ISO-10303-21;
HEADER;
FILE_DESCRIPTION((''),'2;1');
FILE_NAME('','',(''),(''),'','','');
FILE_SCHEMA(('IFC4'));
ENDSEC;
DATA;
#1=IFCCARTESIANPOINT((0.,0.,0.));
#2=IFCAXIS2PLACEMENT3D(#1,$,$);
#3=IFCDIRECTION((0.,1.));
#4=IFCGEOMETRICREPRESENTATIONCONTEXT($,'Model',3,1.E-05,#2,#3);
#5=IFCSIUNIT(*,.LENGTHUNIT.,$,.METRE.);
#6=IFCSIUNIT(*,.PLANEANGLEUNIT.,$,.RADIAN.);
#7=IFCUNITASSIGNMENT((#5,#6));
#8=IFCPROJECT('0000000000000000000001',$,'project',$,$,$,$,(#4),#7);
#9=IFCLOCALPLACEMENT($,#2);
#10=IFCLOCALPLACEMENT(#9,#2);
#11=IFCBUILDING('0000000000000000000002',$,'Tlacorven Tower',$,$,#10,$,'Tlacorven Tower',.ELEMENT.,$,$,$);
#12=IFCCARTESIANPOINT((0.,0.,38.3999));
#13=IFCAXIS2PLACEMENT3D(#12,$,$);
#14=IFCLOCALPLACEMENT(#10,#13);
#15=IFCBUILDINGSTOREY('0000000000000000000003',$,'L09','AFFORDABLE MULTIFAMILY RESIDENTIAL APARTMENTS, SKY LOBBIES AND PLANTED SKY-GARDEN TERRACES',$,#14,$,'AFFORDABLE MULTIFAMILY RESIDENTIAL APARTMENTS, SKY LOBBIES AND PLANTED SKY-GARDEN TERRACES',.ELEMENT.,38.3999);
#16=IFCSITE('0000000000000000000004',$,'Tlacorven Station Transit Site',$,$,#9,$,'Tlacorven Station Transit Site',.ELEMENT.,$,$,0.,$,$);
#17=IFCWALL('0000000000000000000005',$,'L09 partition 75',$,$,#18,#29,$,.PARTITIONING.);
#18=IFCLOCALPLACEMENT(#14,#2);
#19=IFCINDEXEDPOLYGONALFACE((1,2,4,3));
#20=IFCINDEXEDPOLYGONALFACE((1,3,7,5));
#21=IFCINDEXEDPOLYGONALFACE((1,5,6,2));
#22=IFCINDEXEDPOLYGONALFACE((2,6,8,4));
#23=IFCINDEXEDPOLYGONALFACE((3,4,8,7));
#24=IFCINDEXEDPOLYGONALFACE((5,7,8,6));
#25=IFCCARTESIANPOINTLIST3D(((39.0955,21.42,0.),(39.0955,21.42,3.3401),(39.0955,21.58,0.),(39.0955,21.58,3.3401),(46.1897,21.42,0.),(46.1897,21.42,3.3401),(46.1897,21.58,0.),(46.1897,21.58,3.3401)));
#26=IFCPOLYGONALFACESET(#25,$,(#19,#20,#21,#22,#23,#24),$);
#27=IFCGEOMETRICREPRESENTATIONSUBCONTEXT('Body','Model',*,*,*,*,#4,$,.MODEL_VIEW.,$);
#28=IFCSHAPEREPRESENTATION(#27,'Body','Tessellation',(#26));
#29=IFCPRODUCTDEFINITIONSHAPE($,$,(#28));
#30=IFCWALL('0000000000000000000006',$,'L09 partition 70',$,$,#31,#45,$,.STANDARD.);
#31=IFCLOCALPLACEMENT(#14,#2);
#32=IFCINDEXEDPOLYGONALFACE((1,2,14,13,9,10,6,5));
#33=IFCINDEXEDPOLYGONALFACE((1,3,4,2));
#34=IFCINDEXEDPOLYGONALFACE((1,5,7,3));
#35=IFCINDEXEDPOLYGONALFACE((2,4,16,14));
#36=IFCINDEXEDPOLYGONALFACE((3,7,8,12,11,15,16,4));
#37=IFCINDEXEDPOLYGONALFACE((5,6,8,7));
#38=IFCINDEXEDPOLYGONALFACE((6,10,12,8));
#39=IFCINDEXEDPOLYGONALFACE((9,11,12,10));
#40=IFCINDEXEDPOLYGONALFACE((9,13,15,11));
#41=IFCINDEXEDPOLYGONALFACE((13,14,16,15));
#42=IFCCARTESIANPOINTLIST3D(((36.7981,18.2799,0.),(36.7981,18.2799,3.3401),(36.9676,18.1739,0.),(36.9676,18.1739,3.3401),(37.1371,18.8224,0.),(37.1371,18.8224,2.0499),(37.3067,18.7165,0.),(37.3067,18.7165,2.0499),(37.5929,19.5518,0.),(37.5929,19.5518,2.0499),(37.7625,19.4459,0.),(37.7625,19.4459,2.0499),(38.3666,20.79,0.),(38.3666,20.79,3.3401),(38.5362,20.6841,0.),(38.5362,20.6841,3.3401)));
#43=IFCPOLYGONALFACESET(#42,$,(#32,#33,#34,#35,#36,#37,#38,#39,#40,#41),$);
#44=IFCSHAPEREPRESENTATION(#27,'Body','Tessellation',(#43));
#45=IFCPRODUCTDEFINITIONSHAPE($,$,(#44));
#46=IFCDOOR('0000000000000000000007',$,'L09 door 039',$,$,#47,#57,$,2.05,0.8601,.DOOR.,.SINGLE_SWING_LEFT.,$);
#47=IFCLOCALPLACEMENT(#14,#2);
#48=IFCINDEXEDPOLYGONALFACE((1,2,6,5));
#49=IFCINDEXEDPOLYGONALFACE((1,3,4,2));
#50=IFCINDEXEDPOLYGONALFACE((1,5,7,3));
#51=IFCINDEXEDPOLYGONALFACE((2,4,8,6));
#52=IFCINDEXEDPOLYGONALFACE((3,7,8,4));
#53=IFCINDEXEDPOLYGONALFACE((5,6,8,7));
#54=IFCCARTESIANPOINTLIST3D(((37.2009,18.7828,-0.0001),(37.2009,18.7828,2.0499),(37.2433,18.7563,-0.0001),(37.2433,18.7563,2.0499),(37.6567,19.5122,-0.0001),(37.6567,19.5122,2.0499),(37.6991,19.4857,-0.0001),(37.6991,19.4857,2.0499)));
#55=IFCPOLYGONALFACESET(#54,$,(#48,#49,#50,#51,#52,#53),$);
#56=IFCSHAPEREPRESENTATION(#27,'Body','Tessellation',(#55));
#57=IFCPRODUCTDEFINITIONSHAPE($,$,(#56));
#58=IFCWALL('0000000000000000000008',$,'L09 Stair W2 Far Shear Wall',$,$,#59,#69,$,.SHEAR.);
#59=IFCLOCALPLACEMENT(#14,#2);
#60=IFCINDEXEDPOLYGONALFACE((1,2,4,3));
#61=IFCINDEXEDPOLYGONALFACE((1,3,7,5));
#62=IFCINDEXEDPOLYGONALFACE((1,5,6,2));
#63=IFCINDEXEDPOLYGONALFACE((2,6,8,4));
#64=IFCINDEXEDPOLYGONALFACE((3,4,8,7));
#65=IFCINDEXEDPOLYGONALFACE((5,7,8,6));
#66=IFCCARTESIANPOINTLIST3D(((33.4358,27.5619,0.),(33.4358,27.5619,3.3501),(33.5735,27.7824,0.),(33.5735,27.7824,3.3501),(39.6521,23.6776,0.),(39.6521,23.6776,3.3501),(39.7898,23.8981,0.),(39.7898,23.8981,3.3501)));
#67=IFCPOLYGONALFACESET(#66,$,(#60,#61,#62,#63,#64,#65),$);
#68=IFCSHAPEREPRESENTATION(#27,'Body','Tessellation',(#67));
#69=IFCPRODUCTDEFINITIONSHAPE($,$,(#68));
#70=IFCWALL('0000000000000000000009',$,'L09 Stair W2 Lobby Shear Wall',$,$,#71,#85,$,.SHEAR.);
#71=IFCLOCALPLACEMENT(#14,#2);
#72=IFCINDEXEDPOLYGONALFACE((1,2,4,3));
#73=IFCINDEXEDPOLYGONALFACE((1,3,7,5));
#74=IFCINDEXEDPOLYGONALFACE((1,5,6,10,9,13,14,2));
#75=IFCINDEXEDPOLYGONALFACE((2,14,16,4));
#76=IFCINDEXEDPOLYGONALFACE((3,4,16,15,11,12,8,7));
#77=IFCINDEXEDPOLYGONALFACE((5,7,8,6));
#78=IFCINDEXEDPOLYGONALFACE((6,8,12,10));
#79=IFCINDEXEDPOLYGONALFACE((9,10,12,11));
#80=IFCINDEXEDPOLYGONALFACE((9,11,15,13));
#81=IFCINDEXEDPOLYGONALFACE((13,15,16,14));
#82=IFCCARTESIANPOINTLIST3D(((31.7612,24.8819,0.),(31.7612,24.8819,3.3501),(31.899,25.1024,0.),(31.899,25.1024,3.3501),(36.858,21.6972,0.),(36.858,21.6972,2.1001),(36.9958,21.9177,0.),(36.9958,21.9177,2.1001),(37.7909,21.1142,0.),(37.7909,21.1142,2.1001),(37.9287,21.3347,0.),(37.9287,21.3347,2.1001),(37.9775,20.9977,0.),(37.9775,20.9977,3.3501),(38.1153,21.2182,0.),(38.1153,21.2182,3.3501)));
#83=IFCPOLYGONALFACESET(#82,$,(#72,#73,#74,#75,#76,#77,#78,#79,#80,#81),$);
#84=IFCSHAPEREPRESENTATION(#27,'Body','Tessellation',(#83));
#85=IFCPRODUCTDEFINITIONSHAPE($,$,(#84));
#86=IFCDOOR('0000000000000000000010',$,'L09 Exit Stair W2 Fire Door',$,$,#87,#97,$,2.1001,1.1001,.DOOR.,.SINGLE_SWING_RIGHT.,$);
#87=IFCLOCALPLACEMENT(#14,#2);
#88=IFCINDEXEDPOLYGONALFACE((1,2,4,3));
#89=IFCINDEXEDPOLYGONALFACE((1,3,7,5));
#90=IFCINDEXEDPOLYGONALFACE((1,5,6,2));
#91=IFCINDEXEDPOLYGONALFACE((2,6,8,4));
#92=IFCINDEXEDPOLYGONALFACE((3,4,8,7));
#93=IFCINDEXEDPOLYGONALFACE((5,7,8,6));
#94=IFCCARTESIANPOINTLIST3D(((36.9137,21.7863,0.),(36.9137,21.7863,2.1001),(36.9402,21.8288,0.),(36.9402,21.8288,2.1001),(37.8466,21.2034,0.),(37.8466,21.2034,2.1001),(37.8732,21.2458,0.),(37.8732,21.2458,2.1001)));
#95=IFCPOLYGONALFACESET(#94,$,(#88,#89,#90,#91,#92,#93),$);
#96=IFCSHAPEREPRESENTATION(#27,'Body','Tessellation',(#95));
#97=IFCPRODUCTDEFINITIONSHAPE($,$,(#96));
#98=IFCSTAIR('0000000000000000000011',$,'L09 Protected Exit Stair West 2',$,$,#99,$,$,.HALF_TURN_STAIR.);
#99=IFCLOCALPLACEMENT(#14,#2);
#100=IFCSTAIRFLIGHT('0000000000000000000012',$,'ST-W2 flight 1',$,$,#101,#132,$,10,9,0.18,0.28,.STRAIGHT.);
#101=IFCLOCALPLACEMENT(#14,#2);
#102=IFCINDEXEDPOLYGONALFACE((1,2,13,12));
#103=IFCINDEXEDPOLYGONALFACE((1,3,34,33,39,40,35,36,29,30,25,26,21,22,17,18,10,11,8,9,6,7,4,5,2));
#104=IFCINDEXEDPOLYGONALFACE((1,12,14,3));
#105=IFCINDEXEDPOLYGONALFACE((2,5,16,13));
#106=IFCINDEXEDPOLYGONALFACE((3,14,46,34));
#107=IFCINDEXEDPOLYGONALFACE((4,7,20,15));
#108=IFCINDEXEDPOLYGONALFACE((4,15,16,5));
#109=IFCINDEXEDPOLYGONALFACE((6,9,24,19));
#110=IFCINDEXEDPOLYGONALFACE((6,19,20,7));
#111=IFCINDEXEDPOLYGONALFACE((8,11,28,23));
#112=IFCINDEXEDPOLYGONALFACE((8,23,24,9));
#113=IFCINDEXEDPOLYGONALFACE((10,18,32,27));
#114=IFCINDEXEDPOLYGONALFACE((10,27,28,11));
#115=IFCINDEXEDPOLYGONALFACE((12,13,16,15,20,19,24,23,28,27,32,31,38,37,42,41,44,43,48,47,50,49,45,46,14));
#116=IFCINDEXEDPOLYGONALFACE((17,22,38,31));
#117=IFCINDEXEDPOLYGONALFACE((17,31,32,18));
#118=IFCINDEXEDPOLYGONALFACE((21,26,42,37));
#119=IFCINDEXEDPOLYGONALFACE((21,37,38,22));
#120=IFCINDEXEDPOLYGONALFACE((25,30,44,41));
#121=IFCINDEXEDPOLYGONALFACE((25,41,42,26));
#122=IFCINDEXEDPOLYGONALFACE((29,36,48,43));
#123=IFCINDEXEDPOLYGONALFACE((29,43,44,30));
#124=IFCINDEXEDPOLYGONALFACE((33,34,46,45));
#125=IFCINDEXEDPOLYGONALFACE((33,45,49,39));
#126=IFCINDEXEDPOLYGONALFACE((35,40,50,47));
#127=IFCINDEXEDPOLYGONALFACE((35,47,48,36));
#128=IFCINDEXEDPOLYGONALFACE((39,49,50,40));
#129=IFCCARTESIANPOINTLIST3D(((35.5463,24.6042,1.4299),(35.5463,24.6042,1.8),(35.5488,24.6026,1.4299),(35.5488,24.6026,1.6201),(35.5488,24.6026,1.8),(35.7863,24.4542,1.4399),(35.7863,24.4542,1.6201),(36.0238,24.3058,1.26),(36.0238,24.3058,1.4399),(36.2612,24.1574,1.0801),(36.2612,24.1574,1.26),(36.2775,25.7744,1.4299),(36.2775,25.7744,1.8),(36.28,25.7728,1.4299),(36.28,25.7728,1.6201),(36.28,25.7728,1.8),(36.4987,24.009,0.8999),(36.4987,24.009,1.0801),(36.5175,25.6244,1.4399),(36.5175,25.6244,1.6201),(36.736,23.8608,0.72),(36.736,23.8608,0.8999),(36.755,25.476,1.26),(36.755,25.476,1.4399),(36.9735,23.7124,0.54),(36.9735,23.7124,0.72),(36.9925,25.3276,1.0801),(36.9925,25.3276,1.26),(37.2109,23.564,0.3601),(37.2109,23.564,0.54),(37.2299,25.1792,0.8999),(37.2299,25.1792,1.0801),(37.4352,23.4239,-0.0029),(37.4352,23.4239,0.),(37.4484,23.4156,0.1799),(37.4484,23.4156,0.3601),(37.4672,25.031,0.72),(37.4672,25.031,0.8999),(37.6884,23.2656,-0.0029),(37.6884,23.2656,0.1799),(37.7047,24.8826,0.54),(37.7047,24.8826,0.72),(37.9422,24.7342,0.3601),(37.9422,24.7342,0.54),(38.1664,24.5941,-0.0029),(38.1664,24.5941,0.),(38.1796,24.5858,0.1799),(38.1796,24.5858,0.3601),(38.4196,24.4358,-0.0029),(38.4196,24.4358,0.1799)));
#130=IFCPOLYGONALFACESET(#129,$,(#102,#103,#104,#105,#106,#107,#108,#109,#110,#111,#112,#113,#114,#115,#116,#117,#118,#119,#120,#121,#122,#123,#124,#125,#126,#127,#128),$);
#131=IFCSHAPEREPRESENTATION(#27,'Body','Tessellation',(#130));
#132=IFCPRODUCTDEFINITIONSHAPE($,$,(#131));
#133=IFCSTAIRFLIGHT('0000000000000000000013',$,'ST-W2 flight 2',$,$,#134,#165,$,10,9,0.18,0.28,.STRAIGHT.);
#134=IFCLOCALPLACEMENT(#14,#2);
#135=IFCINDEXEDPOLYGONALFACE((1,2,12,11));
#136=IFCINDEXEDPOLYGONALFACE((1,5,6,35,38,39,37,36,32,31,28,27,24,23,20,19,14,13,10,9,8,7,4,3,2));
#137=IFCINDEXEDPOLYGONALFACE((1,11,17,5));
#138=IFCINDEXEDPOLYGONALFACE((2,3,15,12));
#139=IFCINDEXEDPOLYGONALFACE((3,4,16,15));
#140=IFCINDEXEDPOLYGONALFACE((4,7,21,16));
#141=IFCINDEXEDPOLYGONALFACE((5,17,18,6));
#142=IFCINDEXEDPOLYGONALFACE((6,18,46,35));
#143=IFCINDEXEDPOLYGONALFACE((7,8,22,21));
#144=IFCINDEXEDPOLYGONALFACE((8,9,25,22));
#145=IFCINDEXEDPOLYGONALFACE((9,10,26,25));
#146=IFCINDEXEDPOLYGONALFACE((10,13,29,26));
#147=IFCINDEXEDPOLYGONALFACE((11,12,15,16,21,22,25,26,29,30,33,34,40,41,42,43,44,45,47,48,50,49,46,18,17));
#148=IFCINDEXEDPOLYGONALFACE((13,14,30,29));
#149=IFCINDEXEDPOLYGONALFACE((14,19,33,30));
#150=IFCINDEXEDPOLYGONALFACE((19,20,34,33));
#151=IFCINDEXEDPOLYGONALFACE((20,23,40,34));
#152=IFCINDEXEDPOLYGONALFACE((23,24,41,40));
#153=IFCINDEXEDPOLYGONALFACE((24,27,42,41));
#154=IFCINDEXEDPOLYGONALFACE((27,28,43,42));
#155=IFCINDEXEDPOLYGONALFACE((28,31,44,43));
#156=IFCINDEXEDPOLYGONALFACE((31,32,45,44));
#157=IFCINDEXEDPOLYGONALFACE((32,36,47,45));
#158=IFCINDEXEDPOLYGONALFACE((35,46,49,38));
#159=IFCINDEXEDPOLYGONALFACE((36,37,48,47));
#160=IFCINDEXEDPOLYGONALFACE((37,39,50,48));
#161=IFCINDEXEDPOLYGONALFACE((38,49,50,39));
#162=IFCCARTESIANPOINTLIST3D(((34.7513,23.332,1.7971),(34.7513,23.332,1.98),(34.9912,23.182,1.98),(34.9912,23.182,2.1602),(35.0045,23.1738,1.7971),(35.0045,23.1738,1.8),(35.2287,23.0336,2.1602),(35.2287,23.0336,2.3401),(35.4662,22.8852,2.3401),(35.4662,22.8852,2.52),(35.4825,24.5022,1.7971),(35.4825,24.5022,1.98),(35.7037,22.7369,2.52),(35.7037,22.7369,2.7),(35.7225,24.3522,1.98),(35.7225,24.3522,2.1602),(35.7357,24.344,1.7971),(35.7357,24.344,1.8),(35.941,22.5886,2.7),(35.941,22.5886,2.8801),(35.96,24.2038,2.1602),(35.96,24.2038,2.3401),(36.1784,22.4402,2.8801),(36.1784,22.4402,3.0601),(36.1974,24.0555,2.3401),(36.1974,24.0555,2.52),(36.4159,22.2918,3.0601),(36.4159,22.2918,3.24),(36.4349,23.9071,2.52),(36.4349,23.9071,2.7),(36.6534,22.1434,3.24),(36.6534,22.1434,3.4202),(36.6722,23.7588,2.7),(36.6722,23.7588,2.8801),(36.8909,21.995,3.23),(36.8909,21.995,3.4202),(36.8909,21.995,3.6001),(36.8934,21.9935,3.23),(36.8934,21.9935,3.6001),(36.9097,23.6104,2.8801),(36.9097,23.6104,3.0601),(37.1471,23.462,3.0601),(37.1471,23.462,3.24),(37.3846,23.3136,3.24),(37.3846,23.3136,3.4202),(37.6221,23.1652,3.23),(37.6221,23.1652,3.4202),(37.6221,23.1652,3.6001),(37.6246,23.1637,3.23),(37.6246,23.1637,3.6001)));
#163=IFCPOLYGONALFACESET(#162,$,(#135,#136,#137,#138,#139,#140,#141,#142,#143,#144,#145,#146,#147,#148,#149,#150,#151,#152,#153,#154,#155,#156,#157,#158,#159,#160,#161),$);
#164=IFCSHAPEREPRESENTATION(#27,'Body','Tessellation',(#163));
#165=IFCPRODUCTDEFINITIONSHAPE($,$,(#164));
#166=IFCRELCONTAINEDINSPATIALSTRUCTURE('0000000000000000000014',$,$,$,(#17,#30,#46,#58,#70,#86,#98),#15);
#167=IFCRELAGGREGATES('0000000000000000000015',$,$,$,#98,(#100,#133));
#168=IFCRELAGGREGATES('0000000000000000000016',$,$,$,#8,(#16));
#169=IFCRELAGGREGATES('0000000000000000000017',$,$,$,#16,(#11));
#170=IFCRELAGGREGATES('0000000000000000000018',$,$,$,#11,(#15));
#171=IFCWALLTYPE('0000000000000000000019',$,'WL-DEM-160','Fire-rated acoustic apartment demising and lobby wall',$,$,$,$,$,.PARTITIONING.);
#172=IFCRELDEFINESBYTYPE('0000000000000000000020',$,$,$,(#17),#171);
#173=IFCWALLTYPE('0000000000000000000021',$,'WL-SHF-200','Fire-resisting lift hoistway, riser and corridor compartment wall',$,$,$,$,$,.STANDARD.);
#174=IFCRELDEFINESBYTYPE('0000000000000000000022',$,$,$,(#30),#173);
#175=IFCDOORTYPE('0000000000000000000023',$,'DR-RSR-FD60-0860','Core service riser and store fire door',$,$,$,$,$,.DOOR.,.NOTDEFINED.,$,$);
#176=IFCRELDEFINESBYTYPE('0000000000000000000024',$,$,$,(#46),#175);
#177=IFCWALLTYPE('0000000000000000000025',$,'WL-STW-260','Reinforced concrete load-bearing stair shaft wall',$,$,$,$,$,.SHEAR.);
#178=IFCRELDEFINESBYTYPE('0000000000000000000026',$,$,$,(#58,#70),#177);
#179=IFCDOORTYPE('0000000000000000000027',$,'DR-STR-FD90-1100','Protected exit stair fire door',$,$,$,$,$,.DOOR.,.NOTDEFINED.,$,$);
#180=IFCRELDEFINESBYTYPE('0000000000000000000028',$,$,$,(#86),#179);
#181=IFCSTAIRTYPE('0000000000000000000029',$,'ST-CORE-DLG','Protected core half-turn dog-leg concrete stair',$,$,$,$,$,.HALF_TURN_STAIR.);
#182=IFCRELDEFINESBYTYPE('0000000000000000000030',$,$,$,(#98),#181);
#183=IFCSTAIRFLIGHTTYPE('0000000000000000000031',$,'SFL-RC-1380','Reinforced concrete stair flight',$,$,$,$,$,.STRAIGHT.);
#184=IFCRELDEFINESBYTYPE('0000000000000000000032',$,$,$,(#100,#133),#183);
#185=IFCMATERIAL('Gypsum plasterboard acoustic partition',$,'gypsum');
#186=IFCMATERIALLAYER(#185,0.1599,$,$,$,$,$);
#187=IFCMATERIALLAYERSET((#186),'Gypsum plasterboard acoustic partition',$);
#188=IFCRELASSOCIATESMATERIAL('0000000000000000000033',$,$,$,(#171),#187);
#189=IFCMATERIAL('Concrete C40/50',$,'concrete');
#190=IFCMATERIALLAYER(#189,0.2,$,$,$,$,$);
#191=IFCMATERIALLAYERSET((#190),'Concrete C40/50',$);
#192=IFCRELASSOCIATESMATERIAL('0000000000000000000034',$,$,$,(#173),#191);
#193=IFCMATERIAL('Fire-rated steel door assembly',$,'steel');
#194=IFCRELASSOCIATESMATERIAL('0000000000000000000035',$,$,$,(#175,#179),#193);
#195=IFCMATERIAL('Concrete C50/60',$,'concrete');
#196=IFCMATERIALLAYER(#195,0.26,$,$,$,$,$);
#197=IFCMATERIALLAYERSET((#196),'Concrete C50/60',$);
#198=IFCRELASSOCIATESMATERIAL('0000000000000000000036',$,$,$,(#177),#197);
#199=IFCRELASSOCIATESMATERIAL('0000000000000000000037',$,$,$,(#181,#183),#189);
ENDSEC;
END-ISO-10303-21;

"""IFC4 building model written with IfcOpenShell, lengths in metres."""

from ifc_helpers import new_model, si_unit, direction, frame, frame_2d, origin, place, context, subcontext, project, spatial, polyline, rectangle, outline, extrude, source, transform, mapped, material, layer, layer_set, type_object, element, fill, aggregate, save


model = new_model("IFC4")

# Units and contexts
model_context = context("Model", 3, precision=1e-05, world=origin(), true_north=direction((0.0, 1.0)))
body_context = subcontext(model_context, "Body", "Model", "MODEL_VIEW")
ifc_project = project(units=[si_unit("LENGTHUNIT", "METRE"), si_unit("PLANEANGLEUNIT", "RADIAN")], contexts=[model_context])

# Site, building, storey
site_placement = place(None, origin())
site = spatial("IfcSite", under=ifc_project, at=site_placement, Name="Tlacorven Station Transit Site", LongName="Tlacorven Station Transit Site", CompositionType="ELEMENT", RefElevation=0.0)
building_placement = place(site_placement, origin())
building = spatial("IfcBuilding", under=site, at=building_placement, Name="Tlacorven Tower", LongName="Tlacorven Tower", CompositionType="ELEMENT")
storey_placement = place(building_placement, frame((0.0, 0.0, 38.3999)))
storey = spatial("IfcBuildingStorey", under=building, at=storey_placement, Name="L09", Description="AFFORDABLE MULTIFAMILY RESIDENTIAL APARTMENTS, SKY LOBBIES AND PLANTED SKY-GARDEN TERRACES", LongName="AFFORDABLE MULTIFAMILY RESIDENTIAL APARTMENTS, SKY LOBBIES AND PLANTED SKY-GARDEN TERRACES", CompositionType="ELEMENT", Elevation=38.3999)

# Wall
ifc_material_1 = material(Name="Gypsum plasterboard acoustic partition", Category="gypsum")
ifc_layer_1 = layer(ifc_material_1, 0.1599)
ifc_layer_set_1 = layer_set([ifc_layer_1], Name="Gypsum plasterboard acoustic partition")
wall_type_1 = type_object("IfcWallType", Name="WL-DEM-160", Description="Fire-rated acoustic apartment demising and lobby wall", PredefinedType="PARTITIONING", material=ifc_layer_set_1)
wall_1_placement = place(storey_placement, frame((39.0955, 21.5, 0.0), z_axis=(0.0, 0.0, 1.0), x_axis=(1.0, 0.0, 0.0)))
element("IfcWall", 1, at=wall_1_placement, inside=storey, type_object=wall_type_1, Name="L09 partition 75", PredefinedType="PARTITIONING", context=body_context, shape_type="SweptSolid", body=[
    extrude(rectangle(XDim=7.0942, YDim=0.1599, at=frame_2d((3.5471, 0.0))), origin(), (0.0, 0.0, 1.0), 3.3401),
])

# Wall, opening, door
ifc_material_2 = material(Name="Concrete C40/50", Category="concrete")
ifc_layer_2 = layer(ifc_material_2, 0.2)
ifc_layer_set_2 = layer_set([ifc_layer_2], Name="Concrete C40/50")
wall_type_2 = type_object("IfcWallType", Name="WL-SHF-200", Description="Fire-resisting lift hoistway, riser and corridor compartment wall", PredefinedType="STANDARD", material=ifc_layer_set_2)
wall_2_placement = place(storey_placement, frame((38.4514, 20.7371, 0.0), z_axis=(0.0, 0.0, 1.0), x_axis=(-0.529925, -0.848045, 0.0)))
wall_2 = element("IfcWall", 2, at=wall_2_placement, inside=storey, type_object=wall_type_2, Name="L09 partition 70", PredefinedType="STANDARD", context=body_context, shape_type="SweptSolid", body=[
    extrude(rectangle(XDim=2.96, YDim=0.2, at=frame_2d((1.48, 0.0))), origin(), (0.0, 0.0, 1.0), 3.3401),
])
opening_1_placement = place(wall_2_placement, frame((1.46, 0.0, 0.0)))
opening_1 = element("IfcOpeningElement", 3, at=opening_1_placement, cuts=wall_2, PredefinedType="OPENING", context=body_context, shape_type="SweptSolid", body=[
    extrude(rectangle(XDim=0.8601, YDim=2.05, at=frame_2d((0.4302, 1.0249))), frame((0.0, 0.1099, 0.0), z_axis=(0.0, -1.0, 0.0), x_axis=(1.0, 0.0, 0.0)), (0.0, 0.0, 1.0), 0.22),
])
ifc_material_3 = material(Name="Fire-rated steel door assembly", Category="steel")
door_type_1 = type_object("IfcDoorType", Name="DR-RSR-FD60-0860", Description="Core service riser and store fire door", OperationType="NOTDEFINED", PredefinedType="DOOR", material=ifc_material_3)
shared_shape_1 = source(origin(), body_context, "Body", "SweptSolid", [
    extrude(rectangle(XDim=0.8601, YDim=2.05, at=frame_2d((0.4302, 1.0249))), frame((0.0, 0.0249, 0.0), z_axis=(0.0, -1.0, 0.0), x_axis=(1.0, 0.0, 0.0)), (0.0, 0.0, 1.0), 0.05),
])
door_1_placement = place(opening_1_placement, frame((0.8601, 0.0, 0.0), z_axis=(0.0, 0.0, 1.0), x_axis=(-1.0, 0.0, 0.0)))
door_1 = element("IfcDoor", 4, at=door_1_placement, inside=storey, type_object=door_type_1, Name="L09 door 039", OperationType="SINGLE_SWING_LEFT", OverallHeight=2.05, OverallWidth=0.8601, PredefinedType="DOOR", context=body_context, shape_type="MappedRepresentation", body=[
    mapped(shared_shape_1, transform((0.0, 0.0, 0.0), scale=1.0)),
])
fill(opening_1, door_1)

# Wall
ifc_material_4 = material(Name="Concrete C50/60", Category="concrete")
ifc_layer_3 = layer(ifc_material_4, 0.26)
ifc_layer_set_3 = layer_set([ifc_layer_3], Name="Concrete C50/60")
wall_type_3 = type_object("IfcWallType", Name="WL-STW-260", Description="Reinforced concrete load-bearing stair shaft wall", PredefinedType="SHEAR", material=ifc_layer_set_3)
wall_3_placement = place(storey_placement, frame((39.7209, 23.7878, 0.0), z_axis=(0.0, 0.0, 1.0), x_axis=(-0.848054, 0.529909, 0.0)))
element("IfcWall", 5, at=wall_3_placement, inside=storey, type_object=wall_type_3, Name="L09 Stair W2 Far Shear Wall", PredefinedType="SHEAR", context=body_context, shape_type="SweptSolid", body=[
    extrude(rectangle(XDim=7.3301, YDim=0.26, at=frame_2d((3.665, 0.0))), origin(), (0.0, 0.0, 1.0), 3.3501),
])

# Wall, opening, door
wall_4_placement = place(storey_placement, frame((38.0464, 21.1079, 0.0), z_axis=(0.0, 0.0, 1.0), x_axis=(-0.848054, 0.529909, 0.0)))
wall_4 = element("IfcWall", 6, at=wall_4_placement, inside=storey, type_object=wall_type_3, Name="L09 Stair W2 Lobby Shear Wall", PredefinedType="SHEAR", context=body_context, shape_type="SweptSolid", body=[
    extrude(rectangle(XDim=7.3301, YDim=0.26, at=frame_2d((3.665, 0.0))), origin(), (0.0, 0.0, 1.0), 3.3501),
])
opening_2_placement = place(wall_4_placement, frame((0.22, 0.0, 0.0)))
opening_2 = element("IfcOpeningElement", 7, at=opening_2_placement, cuts=wall_4, PredefinedType="OPENING", context=body_context, shape_type="SweptSolid", body=[
    extrude(rectangle(XDim=1.1001, YDim=2.1001, at=frame_2d((0.55, 1.05))), frame((0.0, 0.1401, 0.0), z_axis=(0.0, -1.0, 0.0), x_axis=(1.0, 0.0, 0.0)), (0.0, 0.0, 1.0), 0.28),
])
door_type_2 = type_object("IfcDoorType", Name="DR-STR-FD90-1100", Description="Protected exit stair fire door", OperationType="NOTDEFINED", PredefinedType="DOOR", material=ifc_material_3)
shared_shape_2 = source(origin(), body_context, "Body", "SweptSolid", [
    extrude(rectangle(XDim=1.1001, YDim=2.1001, at=frame_2d((0.55, 1.05))), frame((0.0, 0.0249, 0.0), z_axis=(0.0, -1.0, 0.0), x_axis=(1.0, 0.0, 0.0)), (0.0, 0.0, 1.0), 0.05),
])
door_2_placement = place(opening_2_placement, origin())
door_2 = element("IfcDoor", 8, at=door_2_placement, inside=storey, type_object=door_type_2, Name="L09 Exit Stair W2 Fire Door", OperationType="SINGLE_SWING_RIGHT", OverallHeight=2.1001, OverallWidth=1.1001, PredefinedType="DOOR", context=body_context, shape_type="MappedRepresentation", body=[
    mapped(shared_shape_2, transform((0.0, 0.0, 0.0), scale=1.0)),
])
fill(opening_2, door_2)

# Stair, stair flights
stair_type = type_object("IfcStairType", Name="ST-CORE-DLG", Description="Protected core half-turn dog-leg concrete stair", PredefinedType="HALF_TURN_STAIR", material=ifc_material_2)
stair_placement = place(storey_placement, origin())
stair = element("IfcStair", 9, at=stair_placement, inside=storey, type_object=stair_type, Name="L09 Protected Exit Stair West 2", PredefinedType="HALF_TURN_STAIR")
stair_flight_type = type_object("IfcStairFlightType", Name="SFL-RC-1380", Description="Reinforced concrete stair flight", PredefinedType="STRAIGHT", material=ifc_material_2)
shared_shape_3 = source(origin(), body_context, "Body", "SweptSolid", [
    extrude(outline(polyline([(-0.0029, -0.0029), (-0.0029, 0.1799), (0.28, 0.1799), (0.28, 0.3601), (0.5601, 0.3601), (0.5601, 0.54), (0.8401, 0.54), (0.8401, 0.72), (1.1201, 0.72), (1.1201, 0.8999), (1.3999, 0.8999), (1.3999, 1.0801), (1.6799, 1.0801), (1.6799, 1.26), (1.96, 1.26), (1.96, 1.4399), (2.24, 1.4399), (2.24, 1.6201), (2.52, 1.6201), (2.52, 1.8), (2.5229, 1.8), (2.5229, 1.4299), (2.52, 1.4299), (0.2957, 0.0), (0.2957, -0.0029), (-0.0029, -0.0029)])), frame((0.0, 0.6899, 0.0), z_axis=(0.0, -1.0, 0.0), x_axis=(1.0, 0.0, 0.0)), (0.0, 0.0, 1.0), 1.3799),
])
stair_flight_1_placement = place(storey_placement, frame((38.0515, 23.8523, 0.0), z_axis=(0.0, 0.0, 1.0), x_axis=(-0.848048, 0.529919, 0.0)))
stair_flight_1 = element("IfcStairFlight", 10, at=stair_flight_1_placement, type_object=stair_flight_type, Name="ST-W2 flight 1", NumberOfRisers=10, NumberOfTreads=9, PredefinedType="STRAIGHT", RiserHeight=0.18, TreadLength=0.28, context=body_context, shape_type="MappedRepresentation", body=[
    mapped(shared_shape_3, transform((0.0, 0.0, 0.0), scale=1.0)),
])
stair_flight_2_placement = place(storey_placement, frame((35.1194, 23.9155, 1.8), z_axis=(0.0, 0.0, 1.0), x_axis=(0.848048, -0.529919, 0.0)))
stair_flight_2 = element("IfcStairFlight", 11, at=stair_flight_2_placement, type_object=stair_flight_type, Name="ST-W2 flight 2", NumberOfRisers=10, NumberOfTreads=9, PredefinedType="STRAIGHT", RiserHeight=0.18, TreadLength=0.28, context=body_context, shape_type="MappedRepresentation", body=[
    mapped(shared_shape_3, transform((0.0, 0.0, 0.0), scale=1.0)),
])
aggregate(stair, [stair_flight_1, stair_flight_2])

save(model, "model.ifc")
